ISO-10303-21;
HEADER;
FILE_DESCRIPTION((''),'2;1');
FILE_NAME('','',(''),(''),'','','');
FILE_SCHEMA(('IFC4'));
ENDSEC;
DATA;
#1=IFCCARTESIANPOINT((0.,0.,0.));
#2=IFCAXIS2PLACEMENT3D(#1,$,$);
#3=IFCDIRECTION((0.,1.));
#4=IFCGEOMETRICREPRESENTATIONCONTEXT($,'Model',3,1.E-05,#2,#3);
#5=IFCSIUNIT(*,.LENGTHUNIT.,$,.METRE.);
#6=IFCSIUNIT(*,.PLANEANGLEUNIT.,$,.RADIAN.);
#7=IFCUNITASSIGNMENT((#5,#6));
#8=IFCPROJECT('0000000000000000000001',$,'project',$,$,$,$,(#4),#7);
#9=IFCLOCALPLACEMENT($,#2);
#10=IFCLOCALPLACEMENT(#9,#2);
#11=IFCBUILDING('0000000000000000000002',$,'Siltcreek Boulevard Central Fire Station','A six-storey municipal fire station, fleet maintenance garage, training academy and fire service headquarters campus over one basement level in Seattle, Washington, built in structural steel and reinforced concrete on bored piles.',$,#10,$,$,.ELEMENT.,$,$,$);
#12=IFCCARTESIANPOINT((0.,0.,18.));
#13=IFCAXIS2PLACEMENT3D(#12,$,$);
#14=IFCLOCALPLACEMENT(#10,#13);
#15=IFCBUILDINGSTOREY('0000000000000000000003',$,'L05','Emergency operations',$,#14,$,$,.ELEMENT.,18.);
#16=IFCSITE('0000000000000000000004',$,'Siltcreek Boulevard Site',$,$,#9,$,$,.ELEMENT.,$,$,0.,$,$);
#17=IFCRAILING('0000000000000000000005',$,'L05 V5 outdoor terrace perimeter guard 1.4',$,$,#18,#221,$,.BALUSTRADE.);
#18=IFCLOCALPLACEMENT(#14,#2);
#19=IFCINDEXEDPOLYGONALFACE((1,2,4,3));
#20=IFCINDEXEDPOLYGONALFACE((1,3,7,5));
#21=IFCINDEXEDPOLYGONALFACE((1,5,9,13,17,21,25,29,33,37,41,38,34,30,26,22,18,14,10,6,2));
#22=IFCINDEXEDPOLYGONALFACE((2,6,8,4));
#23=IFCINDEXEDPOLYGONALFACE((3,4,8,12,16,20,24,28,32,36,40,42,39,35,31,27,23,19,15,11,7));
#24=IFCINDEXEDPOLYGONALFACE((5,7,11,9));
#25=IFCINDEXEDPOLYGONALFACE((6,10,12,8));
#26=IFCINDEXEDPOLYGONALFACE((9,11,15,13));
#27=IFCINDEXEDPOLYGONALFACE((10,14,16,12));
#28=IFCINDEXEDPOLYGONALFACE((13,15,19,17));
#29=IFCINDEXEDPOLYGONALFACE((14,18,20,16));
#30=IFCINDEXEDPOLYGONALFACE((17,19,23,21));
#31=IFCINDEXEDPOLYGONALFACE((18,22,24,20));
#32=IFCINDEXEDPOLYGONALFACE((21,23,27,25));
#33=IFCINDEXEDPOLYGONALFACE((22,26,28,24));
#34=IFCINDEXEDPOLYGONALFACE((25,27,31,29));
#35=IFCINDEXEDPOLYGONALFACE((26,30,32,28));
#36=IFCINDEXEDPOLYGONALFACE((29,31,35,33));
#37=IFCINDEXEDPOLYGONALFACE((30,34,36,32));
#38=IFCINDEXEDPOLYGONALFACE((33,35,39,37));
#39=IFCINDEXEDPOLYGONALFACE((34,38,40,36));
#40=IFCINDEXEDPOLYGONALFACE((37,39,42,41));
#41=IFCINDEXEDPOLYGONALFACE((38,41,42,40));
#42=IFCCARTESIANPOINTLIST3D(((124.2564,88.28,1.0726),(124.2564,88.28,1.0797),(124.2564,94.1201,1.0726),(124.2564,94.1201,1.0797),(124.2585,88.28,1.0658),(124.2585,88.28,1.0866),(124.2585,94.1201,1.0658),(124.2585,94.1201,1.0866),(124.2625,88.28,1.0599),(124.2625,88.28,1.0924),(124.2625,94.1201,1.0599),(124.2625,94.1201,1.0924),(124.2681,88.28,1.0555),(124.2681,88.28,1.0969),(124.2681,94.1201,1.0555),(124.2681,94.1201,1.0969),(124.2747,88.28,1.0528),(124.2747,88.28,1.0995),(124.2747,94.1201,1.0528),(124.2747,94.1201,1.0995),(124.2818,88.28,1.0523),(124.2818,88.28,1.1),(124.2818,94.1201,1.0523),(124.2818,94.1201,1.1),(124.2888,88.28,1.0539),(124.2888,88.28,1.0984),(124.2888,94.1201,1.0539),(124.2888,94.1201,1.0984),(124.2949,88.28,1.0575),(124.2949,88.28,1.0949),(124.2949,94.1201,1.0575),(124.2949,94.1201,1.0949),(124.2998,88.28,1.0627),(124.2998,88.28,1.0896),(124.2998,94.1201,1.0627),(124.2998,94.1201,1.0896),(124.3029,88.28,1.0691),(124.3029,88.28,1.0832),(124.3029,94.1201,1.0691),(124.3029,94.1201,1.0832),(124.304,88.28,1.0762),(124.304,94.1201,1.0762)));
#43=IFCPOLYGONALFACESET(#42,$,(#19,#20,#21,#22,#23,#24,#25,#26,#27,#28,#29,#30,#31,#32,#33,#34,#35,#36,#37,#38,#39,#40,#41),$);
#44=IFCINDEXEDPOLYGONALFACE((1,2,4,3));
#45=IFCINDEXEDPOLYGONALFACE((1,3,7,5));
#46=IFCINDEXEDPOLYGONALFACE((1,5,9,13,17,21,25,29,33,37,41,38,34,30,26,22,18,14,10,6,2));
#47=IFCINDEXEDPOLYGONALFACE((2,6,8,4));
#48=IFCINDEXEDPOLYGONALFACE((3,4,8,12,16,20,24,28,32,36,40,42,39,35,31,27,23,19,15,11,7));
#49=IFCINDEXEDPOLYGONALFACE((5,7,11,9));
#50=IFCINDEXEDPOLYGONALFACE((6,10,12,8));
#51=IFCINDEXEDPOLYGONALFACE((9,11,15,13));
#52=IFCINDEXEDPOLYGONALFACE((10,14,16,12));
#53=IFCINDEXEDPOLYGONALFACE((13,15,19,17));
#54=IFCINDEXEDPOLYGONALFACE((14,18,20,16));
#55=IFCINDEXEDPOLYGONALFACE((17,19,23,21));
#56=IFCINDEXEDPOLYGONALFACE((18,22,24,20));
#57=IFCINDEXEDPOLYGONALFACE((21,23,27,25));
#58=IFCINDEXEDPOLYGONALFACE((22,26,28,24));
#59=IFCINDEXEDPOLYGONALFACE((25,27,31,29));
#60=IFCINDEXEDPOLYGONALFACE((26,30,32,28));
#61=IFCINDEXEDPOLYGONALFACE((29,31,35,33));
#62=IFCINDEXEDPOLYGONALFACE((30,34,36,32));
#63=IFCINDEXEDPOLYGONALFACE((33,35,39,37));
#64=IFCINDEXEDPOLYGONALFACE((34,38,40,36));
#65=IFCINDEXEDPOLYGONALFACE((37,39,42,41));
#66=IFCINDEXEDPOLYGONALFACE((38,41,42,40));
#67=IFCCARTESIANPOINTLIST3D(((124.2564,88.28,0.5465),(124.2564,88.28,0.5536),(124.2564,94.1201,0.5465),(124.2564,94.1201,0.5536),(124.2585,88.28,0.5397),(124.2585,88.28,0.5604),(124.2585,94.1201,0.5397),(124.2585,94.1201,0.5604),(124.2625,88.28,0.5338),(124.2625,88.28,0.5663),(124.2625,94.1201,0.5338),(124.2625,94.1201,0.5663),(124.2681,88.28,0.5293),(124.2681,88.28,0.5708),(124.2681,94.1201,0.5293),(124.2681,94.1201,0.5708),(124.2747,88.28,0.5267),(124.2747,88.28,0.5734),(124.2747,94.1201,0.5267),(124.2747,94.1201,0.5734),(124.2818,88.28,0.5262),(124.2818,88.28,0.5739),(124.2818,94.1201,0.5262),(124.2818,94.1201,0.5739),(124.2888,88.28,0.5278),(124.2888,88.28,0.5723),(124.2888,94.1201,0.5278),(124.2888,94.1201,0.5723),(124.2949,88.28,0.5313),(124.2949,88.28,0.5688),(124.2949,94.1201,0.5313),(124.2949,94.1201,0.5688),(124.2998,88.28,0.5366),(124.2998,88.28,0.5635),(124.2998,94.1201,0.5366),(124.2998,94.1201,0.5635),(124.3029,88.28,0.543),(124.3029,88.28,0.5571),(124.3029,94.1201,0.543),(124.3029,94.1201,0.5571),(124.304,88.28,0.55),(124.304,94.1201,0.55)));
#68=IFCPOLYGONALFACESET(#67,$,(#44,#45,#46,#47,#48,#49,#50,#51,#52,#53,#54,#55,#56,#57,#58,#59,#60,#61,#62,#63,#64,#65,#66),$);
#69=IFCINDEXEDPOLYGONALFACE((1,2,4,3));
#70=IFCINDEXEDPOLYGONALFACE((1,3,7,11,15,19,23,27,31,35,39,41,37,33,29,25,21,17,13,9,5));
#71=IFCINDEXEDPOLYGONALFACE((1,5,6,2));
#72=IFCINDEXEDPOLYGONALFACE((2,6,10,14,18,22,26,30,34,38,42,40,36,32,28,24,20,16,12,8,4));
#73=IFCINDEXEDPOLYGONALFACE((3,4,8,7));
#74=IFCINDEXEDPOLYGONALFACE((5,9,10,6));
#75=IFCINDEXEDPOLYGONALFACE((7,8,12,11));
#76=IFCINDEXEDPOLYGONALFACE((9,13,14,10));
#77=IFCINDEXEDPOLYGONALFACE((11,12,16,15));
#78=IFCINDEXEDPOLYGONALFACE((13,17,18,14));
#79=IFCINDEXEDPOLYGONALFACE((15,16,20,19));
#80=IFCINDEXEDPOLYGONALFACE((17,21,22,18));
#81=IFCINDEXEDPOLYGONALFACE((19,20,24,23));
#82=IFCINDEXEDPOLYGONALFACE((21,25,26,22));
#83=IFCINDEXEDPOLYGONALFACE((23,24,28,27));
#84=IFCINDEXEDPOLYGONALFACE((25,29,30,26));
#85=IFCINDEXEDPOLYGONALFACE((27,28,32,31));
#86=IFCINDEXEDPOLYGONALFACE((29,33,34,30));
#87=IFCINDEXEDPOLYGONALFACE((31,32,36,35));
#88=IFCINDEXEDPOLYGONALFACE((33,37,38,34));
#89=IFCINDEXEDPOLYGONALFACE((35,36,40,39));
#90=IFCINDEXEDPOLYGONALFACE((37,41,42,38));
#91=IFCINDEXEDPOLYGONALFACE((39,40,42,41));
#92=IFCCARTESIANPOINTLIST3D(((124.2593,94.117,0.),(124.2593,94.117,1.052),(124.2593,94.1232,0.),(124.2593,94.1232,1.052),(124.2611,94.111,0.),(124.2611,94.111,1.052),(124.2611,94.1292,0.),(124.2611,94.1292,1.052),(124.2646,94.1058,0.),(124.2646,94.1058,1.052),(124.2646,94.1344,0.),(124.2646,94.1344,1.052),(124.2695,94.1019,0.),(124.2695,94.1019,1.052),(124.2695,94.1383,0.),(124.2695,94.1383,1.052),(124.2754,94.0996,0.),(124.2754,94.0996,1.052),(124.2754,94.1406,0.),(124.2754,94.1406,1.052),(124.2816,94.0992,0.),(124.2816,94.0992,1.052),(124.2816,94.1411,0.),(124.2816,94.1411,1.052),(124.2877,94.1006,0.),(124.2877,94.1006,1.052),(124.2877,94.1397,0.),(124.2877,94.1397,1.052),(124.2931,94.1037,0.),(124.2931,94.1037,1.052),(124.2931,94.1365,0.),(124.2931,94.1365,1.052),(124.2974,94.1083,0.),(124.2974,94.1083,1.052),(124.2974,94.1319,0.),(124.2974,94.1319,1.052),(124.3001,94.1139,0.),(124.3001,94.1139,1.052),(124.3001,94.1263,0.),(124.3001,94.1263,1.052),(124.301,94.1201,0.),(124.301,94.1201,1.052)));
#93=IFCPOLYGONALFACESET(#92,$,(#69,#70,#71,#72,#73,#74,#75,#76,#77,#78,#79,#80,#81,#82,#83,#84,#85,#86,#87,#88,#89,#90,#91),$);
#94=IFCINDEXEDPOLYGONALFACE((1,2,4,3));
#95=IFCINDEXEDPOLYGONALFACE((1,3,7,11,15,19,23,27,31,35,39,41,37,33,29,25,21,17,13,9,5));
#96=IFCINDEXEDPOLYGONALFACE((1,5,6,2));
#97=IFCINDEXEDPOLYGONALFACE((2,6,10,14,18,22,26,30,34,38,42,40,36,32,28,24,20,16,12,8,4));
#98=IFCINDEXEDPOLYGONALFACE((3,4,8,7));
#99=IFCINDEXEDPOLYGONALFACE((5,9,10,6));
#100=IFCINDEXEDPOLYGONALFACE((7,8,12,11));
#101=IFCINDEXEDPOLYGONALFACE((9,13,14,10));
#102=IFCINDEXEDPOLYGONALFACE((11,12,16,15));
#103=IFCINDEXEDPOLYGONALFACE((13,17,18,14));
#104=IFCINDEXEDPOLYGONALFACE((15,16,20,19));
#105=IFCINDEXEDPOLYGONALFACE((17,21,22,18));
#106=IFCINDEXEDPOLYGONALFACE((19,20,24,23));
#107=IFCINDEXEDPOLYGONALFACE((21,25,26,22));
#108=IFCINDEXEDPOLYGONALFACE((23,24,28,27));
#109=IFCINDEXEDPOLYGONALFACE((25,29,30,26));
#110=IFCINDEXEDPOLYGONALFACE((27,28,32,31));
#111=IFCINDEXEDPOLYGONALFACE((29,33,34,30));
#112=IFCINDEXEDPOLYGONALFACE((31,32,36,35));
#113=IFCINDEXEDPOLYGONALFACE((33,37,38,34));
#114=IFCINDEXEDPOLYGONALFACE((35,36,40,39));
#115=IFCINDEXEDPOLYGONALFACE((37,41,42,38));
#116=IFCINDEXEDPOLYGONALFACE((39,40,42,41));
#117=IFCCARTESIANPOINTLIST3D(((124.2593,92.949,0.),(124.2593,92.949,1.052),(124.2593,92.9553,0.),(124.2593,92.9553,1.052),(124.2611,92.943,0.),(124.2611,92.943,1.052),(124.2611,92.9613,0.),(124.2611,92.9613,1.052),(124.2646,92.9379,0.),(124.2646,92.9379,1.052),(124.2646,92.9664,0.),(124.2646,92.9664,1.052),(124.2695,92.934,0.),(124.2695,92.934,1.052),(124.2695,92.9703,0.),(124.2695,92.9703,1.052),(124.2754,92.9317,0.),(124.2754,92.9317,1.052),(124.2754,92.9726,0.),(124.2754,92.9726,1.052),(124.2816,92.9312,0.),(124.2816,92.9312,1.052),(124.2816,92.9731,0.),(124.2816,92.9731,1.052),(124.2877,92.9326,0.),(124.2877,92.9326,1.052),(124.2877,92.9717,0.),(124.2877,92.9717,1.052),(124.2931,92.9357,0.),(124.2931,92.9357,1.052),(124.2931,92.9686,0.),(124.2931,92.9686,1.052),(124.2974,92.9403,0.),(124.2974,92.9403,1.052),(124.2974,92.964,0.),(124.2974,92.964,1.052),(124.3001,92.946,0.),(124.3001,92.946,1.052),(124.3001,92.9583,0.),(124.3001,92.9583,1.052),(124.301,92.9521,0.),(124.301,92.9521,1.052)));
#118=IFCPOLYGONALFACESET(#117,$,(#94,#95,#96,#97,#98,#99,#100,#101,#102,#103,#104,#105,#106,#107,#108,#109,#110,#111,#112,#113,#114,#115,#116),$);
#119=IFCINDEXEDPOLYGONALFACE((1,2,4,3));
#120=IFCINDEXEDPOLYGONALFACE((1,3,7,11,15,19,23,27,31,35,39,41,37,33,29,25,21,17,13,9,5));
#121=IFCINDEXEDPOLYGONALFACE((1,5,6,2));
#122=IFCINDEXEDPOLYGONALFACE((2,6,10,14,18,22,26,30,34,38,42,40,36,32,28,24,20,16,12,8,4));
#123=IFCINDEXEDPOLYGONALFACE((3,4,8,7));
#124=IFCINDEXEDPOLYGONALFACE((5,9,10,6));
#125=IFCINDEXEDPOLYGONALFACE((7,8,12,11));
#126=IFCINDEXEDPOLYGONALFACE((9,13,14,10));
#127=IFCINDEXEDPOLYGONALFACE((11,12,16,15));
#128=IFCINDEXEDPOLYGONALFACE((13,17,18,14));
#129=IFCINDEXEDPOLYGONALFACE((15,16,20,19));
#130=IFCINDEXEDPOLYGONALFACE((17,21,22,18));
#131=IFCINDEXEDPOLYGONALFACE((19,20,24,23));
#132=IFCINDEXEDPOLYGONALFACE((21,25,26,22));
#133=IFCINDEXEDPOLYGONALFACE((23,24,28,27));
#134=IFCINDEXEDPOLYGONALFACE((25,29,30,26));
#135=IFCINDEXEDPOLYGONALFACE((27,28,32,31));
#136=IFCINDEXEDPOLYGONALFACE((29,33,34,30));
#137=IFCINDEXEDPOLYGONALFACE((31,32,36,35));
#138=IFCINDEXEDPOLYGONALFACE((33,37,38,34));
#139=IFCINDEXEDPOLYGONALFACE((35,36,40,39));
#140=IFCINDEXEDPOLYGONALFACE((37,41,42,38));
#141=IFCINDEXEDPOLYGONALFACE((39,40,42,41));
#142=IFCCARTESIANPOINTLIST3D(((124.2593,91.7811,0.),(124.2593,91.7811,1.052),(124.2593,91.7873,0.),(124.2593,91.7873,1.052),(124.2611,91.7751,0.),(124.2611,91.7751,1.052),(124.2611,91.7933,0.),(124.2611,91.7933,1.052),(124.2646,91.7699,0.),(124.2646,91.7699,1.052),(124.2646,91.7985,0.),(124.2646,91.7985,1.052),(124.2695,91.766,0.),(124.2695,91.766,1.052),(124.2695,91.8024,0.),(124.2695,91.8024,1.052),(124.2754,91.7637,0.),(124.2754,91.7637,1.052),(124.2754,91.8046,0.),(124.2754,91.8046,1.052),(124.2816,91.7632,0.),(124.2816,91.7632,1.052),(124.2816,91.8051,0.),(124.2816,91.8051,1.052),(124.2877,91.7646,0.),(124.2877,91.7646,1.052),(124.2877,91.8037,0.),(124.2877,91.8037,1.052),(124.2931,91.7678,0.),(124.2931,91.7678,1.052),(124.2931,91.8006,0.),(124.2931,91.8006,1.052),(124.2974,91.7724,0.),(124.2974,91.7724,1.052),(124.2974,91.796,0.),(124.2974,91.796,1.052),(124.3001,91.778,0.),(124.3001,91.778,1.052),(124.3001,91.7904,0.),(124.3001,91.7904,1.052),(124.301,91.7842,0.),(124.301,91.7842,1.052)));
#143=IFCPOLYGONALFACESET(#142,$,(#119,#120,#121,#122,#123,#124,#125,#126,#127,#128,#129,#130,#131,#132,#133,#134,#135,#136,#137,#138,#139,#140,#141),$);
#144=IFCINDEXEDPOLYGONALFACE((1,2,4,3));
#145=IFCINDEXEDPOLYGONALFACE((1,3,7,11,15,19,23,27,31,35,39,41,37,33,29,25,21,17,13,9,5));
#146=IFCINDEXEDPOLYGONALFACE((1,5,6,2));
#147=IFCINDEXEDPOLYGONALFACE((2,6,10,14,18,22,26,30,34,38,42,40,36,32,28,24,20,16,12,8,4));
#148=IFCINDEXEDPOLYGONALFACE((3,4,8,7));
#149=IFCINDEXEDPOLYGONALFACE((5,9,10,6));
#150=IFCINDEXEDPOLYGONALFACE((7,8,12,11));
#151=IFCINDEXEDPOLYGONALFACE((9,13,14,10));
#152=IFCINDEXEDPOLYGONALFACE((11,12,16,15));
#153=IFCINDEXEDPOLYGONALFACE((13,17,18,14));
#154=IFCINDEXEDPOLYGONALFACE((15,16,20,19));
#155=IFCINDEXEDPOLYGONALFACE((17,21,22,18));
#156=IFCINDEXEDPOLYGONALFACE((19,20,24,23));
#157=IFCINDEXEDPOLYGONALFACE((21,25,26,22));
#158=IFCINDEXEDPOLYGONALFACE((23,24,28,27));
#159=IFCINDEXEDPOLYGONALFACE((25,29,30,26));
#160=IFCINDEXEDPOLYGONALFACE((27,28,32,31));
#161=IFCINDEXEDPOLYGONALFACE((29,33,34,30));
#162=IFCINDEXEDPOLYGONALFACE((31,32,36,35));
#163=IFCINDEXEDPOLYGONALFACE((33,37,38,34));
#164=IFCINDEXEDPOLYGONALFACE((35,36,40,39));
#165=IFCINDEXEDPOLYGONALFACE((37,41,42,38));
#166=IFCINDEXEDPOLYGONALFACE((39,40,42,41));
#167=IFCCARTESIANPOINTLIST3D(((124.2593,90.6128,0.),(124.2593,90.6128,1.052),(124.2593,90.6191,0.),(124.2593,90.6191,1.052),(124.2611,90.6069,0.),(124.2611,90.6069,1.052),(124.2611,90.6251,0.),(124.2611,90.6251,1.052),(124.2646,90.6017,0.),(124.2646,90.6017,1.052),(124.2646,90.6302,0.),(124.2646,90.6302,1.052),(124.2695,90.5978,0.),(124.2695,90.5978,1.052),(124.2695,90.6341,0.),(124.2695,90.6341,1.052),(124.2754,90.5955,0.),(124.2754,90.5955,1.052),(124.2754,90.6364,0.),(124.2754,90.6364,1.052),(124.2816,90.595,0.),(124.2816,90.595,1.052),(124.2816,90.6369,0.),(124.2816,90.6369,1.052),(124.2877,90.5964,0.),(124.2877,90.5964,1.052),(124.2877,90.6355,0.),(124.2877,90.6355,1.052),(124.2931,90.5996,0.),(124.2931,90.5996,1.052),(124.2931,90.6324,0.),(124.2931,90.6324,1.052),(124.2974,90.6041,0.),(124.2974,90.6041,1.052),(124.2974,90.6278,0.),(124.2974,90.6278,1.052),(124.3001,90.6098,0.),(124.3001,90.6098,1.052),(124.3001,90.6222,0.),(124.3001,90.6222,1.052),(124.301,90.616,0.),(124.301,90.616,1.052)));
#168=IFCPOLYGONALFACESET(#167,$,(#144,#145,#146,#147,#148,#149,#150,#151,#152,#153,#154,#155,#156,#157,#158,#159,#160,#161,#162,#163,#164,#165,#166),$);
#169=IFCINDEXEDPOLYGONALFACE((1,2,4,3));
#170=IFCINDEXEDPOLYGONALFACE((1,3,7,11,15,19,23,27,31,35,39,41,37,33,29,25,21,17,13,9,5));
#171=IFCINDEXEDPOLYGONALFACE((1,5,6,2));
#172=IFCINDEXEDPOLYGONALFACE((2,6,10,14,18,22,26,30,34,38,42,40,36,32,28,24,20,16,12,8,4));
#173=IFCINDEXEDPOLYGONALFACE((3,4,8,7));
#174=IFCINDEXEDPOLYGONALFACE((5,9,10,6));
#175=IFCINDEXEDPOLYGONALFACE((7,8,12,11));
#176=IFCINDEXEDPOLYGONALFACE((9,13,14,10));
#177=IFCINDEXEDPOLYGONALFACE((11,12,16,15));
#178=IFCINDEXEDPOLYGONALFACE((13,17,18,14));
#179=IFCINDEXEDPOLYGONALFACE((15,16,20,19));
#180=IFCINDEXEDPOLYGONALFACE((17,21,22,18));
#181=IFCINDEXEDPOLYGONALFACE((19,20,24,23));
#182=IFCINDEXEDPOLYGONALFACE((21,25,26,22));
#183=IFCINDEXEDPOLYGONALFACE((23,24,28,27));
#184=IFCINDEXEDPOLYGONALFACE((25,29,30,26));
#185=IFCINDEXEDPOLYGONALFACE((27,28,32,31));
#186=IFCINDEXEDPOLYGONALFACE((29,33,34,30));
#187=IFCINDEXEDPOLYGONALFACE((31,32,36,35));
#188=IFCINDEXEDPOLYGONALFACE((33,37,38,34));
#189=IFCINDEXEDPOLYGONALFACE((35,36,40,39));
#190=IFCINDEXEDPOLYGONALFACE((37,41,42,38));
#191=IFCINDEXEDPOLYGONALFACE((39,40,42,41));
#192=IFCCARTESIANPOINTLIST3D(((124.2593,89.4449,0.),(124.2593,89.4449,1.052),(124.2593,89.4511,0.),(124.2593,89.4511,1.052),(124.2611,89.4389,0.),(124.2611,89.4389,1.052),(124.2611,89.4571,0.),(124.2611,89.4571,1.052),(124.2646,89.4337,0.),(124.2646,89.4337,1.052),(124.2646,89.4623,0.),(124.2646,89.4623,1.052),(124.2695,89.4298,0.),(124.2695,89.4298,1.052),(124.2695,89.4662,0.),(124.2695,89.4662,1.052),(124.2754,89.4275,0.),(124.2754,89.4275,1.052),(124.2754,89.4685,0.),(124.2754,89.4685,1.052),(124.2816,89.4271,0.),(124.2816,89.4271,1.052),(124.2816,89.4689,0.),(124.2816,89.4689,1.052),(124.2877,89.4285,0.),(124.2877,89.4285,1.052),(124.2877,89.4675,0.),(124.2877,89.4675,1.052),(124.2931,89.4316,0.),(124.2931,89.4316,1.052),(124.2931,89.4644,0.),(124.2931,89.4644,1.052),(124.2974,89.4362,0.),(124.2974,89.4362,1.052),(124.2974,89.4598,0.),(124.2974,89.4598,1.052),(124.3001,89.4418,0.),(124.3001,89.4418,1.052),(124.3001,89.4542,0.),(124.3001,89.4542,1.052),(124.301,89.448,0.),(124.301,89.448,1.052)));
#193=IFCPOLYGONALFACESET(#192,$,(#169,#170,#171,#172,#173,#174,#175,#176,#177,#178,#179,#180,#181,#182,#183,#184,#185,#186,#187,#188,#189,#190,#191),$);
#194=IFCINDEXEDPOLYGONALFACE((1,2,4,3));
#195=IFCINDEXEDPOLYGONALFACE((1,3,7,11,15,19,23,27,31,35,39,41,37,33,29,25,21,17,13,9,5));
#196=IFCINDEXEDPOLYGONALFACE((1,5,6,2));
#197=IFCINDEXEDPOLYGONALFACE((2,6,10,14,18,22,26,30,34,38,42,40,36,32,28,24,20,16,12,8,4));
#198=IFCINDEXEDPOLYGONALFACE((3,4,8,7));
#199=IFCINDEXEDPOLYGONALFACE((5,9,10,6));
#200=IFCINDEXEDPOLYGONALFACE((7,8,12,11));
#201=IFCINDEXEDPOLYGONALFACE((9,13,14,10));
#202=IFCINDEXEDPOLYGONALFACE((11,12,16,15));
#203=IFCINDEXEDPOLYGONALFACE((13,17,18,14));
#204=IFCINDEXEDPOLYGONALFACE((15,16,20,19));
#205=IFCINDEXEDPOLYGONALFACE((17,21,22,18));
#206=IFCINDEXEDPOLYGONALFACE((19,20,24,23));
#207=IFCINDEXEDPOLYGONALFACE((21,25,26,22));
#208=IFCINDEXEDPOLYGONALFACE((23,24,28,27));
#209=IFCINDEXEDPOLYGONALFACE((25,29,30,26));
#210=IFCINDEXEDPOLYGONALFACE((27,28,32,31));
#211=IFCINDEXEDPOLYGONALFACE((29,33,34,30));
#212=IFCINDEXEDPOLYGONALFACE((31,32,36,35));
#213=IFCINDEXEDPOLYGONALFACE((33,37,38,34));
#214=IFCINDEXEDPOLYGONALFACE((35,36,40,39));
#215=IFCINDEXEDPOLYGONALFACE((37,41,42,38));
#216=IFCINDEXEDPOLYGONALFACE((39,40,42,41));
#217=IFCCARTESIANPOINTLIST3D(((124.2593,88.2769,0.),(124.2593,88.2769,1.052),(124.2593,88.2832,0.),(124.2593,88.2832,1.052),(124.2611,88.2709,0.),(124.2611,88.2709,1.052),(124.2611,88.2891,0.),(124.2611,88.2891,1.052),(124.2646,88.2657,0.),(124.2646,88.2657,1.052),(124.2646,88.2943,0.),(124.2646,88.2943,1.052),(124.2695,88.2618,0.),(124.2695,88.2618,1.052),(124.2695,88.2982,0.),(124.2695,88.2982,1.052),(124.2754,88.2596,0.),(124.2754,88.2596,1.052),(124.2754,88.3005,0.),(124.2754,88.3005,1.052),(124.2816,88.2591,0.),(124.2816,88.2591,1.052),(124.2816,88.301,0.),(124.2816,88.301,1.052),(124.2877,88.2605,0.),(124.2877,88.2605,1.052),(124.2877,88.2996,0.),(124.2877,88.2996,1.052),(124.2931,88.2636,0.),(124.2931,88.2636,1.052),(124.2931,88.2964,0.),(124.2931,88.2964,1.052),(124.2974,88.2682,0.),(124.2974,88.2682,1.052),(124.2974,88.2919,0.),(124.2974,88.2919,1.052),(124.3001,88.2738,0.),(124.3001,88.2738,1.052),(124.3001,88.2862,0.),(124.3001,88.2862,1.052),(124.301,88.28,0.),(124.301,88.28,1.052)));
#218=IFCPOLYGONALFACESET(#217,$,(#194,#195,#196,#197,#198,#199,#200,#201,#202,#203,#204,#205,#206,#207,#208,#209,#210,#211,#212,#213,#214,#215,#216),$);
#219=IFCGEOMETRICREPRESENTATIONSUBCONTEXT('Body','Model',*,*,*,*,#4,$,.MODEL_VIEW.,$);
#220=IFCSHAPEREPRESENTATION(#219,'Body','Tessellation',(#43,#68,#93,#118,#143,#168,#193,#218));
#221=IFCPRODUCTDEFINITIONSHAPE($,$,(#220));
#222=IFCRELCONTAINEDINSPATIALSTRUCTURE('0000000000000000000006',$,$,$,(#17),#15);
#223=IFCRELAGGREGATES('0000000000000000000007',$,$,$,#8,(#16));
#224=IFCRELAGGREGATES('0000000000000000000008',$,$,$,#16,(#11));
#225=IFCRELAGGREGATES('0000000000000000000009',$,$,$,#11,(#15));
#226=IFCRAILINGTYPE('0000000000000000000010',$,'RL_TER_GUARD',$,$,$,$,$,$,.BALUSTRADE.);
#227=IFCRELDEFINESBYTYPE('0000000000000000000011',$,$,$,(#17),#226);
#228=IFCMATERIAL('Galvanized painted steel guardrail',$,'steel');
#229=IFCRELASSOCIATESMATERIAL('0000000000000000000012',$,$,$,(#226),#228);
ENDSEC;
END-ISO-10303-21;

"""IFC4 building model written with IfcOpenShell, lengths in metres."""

from ifc_helpers import new_model, si_unit, direction, frame, origin, origin_2d, place, context, subcontext, project, spatial, circle, extrude, material, type_object, element, save


model = new_model("IFC4")

# Units and contexts
model_context = context("Model", 3, precision=1e-05, world=origin(), true_north=direction((0.0, 1.0)))
body_context = subcontext(model_context, "Body", "Model", "MODEL_VIEW")
ifc_project = project(units=[si_unit("LENGTHUNIT", "METRE"), si_unit("PLANEANGLEUNIT", "RADIAN")], contexts=[model_context])

# Site, building, storey
site_placement = place(None, origin())
site = spatial("IfcSite", under=ifc_project, at=site_placement, Name="Siltcreek Boulevard Site", CompositionType="ELEMENT", RefElevation=0.0)
building_placement = place(site_placement, origin())
building = spatial("IfcBuilding", under=site, at=building_placement, Name="Siltcreek Boulevard Central Fire Station", Description="A six-storey municipal fire station, fleet maintenance garage, training academy and fire service headquarters campus over one basement level in Seattle, Washington, built in structural steel and reinforced concrete on bored piles.", CompositionType="ELEMENT")
storey_placement = place(building_placement, frame((0.0, 0.0, 18.0)))
storey = spatial("IfcBuildingStorey", under=building, at=storey_placement, Name="L05", Description="Emergency operations", CompositionType="ELEMENT", Elevation=18.0)

# Railing
ifc_material_1 = material(Name="Galvanized painted steel guardrail", Category="steel")
railing_type = type_object("IfcRailingType", Name="RL_TER_GUARD", PredefinedType="BALUSTRADE", material=ifc_material_1)
railing_1_placement = place(storey_placement, frame((124.28, 94.1201, 0.0)))
element("IfcRailing", 1, at=railing_1_placement, inside=storey, type_object=railing_type, Name="L05 V5 outdoor terrace perimeter guard 1.4", PredefinedType="BALUSTRADE", context=body_context, shape_type="SweptSolid", body=[
    extrude(circle(Radius=0.0239, at=origin_2d()), frame((0.0, 0.0, 1.0762), z_axis=(0.0, -1.0, 0.0), x_axis=(1.0, 0.0, 0.0)), (0.0, 0.0, 1.0), 5.8401),
    extrude(circle(Radius=0.0239, at=origin_2d()), frame((0.0, 0.0, 0.55), z_axis=(0.0, -1.0, 0.0), x_axis=(1.0, 0.0, 0.0)), (0.0, 0.0, 1.0), 5.8401),
    extrude(circle(Radius=0.021, at=origin_2d()), origin(), (0.0, 0.0, 1.0), 1.052),
    extrude(circle(Radius=0.021, at=origin_2d()), frame((0.0, -1.168, 0.0)), (0.0, 0.0, 1.0), 1.052),
    extrude(circle(Radius=0.021, at=origin_2d()), frame((0.0, -2.3359, 0.0)), (0.0, 0.0, 1.0), 1.052),
    extrude(circle(Radius=0.021, at=origin_2d()), frame((0.0, -3.5042, 0.0)), (0.0, 0.0, 1.0), 1.052),
    extrude(circle(Radius=0.021, at=origin_2d()), frame((0.0, -4.6721, 0.0)), (0.0, 0.0, 1.0), 1.052),
    extrude(circle(Radius=0.021, at=origin_2d()), frame((0.0, -5.8401, 0.0)), (0.0, 0.0, 1.0), 1.052),
])

save(model, "model.ifc")
